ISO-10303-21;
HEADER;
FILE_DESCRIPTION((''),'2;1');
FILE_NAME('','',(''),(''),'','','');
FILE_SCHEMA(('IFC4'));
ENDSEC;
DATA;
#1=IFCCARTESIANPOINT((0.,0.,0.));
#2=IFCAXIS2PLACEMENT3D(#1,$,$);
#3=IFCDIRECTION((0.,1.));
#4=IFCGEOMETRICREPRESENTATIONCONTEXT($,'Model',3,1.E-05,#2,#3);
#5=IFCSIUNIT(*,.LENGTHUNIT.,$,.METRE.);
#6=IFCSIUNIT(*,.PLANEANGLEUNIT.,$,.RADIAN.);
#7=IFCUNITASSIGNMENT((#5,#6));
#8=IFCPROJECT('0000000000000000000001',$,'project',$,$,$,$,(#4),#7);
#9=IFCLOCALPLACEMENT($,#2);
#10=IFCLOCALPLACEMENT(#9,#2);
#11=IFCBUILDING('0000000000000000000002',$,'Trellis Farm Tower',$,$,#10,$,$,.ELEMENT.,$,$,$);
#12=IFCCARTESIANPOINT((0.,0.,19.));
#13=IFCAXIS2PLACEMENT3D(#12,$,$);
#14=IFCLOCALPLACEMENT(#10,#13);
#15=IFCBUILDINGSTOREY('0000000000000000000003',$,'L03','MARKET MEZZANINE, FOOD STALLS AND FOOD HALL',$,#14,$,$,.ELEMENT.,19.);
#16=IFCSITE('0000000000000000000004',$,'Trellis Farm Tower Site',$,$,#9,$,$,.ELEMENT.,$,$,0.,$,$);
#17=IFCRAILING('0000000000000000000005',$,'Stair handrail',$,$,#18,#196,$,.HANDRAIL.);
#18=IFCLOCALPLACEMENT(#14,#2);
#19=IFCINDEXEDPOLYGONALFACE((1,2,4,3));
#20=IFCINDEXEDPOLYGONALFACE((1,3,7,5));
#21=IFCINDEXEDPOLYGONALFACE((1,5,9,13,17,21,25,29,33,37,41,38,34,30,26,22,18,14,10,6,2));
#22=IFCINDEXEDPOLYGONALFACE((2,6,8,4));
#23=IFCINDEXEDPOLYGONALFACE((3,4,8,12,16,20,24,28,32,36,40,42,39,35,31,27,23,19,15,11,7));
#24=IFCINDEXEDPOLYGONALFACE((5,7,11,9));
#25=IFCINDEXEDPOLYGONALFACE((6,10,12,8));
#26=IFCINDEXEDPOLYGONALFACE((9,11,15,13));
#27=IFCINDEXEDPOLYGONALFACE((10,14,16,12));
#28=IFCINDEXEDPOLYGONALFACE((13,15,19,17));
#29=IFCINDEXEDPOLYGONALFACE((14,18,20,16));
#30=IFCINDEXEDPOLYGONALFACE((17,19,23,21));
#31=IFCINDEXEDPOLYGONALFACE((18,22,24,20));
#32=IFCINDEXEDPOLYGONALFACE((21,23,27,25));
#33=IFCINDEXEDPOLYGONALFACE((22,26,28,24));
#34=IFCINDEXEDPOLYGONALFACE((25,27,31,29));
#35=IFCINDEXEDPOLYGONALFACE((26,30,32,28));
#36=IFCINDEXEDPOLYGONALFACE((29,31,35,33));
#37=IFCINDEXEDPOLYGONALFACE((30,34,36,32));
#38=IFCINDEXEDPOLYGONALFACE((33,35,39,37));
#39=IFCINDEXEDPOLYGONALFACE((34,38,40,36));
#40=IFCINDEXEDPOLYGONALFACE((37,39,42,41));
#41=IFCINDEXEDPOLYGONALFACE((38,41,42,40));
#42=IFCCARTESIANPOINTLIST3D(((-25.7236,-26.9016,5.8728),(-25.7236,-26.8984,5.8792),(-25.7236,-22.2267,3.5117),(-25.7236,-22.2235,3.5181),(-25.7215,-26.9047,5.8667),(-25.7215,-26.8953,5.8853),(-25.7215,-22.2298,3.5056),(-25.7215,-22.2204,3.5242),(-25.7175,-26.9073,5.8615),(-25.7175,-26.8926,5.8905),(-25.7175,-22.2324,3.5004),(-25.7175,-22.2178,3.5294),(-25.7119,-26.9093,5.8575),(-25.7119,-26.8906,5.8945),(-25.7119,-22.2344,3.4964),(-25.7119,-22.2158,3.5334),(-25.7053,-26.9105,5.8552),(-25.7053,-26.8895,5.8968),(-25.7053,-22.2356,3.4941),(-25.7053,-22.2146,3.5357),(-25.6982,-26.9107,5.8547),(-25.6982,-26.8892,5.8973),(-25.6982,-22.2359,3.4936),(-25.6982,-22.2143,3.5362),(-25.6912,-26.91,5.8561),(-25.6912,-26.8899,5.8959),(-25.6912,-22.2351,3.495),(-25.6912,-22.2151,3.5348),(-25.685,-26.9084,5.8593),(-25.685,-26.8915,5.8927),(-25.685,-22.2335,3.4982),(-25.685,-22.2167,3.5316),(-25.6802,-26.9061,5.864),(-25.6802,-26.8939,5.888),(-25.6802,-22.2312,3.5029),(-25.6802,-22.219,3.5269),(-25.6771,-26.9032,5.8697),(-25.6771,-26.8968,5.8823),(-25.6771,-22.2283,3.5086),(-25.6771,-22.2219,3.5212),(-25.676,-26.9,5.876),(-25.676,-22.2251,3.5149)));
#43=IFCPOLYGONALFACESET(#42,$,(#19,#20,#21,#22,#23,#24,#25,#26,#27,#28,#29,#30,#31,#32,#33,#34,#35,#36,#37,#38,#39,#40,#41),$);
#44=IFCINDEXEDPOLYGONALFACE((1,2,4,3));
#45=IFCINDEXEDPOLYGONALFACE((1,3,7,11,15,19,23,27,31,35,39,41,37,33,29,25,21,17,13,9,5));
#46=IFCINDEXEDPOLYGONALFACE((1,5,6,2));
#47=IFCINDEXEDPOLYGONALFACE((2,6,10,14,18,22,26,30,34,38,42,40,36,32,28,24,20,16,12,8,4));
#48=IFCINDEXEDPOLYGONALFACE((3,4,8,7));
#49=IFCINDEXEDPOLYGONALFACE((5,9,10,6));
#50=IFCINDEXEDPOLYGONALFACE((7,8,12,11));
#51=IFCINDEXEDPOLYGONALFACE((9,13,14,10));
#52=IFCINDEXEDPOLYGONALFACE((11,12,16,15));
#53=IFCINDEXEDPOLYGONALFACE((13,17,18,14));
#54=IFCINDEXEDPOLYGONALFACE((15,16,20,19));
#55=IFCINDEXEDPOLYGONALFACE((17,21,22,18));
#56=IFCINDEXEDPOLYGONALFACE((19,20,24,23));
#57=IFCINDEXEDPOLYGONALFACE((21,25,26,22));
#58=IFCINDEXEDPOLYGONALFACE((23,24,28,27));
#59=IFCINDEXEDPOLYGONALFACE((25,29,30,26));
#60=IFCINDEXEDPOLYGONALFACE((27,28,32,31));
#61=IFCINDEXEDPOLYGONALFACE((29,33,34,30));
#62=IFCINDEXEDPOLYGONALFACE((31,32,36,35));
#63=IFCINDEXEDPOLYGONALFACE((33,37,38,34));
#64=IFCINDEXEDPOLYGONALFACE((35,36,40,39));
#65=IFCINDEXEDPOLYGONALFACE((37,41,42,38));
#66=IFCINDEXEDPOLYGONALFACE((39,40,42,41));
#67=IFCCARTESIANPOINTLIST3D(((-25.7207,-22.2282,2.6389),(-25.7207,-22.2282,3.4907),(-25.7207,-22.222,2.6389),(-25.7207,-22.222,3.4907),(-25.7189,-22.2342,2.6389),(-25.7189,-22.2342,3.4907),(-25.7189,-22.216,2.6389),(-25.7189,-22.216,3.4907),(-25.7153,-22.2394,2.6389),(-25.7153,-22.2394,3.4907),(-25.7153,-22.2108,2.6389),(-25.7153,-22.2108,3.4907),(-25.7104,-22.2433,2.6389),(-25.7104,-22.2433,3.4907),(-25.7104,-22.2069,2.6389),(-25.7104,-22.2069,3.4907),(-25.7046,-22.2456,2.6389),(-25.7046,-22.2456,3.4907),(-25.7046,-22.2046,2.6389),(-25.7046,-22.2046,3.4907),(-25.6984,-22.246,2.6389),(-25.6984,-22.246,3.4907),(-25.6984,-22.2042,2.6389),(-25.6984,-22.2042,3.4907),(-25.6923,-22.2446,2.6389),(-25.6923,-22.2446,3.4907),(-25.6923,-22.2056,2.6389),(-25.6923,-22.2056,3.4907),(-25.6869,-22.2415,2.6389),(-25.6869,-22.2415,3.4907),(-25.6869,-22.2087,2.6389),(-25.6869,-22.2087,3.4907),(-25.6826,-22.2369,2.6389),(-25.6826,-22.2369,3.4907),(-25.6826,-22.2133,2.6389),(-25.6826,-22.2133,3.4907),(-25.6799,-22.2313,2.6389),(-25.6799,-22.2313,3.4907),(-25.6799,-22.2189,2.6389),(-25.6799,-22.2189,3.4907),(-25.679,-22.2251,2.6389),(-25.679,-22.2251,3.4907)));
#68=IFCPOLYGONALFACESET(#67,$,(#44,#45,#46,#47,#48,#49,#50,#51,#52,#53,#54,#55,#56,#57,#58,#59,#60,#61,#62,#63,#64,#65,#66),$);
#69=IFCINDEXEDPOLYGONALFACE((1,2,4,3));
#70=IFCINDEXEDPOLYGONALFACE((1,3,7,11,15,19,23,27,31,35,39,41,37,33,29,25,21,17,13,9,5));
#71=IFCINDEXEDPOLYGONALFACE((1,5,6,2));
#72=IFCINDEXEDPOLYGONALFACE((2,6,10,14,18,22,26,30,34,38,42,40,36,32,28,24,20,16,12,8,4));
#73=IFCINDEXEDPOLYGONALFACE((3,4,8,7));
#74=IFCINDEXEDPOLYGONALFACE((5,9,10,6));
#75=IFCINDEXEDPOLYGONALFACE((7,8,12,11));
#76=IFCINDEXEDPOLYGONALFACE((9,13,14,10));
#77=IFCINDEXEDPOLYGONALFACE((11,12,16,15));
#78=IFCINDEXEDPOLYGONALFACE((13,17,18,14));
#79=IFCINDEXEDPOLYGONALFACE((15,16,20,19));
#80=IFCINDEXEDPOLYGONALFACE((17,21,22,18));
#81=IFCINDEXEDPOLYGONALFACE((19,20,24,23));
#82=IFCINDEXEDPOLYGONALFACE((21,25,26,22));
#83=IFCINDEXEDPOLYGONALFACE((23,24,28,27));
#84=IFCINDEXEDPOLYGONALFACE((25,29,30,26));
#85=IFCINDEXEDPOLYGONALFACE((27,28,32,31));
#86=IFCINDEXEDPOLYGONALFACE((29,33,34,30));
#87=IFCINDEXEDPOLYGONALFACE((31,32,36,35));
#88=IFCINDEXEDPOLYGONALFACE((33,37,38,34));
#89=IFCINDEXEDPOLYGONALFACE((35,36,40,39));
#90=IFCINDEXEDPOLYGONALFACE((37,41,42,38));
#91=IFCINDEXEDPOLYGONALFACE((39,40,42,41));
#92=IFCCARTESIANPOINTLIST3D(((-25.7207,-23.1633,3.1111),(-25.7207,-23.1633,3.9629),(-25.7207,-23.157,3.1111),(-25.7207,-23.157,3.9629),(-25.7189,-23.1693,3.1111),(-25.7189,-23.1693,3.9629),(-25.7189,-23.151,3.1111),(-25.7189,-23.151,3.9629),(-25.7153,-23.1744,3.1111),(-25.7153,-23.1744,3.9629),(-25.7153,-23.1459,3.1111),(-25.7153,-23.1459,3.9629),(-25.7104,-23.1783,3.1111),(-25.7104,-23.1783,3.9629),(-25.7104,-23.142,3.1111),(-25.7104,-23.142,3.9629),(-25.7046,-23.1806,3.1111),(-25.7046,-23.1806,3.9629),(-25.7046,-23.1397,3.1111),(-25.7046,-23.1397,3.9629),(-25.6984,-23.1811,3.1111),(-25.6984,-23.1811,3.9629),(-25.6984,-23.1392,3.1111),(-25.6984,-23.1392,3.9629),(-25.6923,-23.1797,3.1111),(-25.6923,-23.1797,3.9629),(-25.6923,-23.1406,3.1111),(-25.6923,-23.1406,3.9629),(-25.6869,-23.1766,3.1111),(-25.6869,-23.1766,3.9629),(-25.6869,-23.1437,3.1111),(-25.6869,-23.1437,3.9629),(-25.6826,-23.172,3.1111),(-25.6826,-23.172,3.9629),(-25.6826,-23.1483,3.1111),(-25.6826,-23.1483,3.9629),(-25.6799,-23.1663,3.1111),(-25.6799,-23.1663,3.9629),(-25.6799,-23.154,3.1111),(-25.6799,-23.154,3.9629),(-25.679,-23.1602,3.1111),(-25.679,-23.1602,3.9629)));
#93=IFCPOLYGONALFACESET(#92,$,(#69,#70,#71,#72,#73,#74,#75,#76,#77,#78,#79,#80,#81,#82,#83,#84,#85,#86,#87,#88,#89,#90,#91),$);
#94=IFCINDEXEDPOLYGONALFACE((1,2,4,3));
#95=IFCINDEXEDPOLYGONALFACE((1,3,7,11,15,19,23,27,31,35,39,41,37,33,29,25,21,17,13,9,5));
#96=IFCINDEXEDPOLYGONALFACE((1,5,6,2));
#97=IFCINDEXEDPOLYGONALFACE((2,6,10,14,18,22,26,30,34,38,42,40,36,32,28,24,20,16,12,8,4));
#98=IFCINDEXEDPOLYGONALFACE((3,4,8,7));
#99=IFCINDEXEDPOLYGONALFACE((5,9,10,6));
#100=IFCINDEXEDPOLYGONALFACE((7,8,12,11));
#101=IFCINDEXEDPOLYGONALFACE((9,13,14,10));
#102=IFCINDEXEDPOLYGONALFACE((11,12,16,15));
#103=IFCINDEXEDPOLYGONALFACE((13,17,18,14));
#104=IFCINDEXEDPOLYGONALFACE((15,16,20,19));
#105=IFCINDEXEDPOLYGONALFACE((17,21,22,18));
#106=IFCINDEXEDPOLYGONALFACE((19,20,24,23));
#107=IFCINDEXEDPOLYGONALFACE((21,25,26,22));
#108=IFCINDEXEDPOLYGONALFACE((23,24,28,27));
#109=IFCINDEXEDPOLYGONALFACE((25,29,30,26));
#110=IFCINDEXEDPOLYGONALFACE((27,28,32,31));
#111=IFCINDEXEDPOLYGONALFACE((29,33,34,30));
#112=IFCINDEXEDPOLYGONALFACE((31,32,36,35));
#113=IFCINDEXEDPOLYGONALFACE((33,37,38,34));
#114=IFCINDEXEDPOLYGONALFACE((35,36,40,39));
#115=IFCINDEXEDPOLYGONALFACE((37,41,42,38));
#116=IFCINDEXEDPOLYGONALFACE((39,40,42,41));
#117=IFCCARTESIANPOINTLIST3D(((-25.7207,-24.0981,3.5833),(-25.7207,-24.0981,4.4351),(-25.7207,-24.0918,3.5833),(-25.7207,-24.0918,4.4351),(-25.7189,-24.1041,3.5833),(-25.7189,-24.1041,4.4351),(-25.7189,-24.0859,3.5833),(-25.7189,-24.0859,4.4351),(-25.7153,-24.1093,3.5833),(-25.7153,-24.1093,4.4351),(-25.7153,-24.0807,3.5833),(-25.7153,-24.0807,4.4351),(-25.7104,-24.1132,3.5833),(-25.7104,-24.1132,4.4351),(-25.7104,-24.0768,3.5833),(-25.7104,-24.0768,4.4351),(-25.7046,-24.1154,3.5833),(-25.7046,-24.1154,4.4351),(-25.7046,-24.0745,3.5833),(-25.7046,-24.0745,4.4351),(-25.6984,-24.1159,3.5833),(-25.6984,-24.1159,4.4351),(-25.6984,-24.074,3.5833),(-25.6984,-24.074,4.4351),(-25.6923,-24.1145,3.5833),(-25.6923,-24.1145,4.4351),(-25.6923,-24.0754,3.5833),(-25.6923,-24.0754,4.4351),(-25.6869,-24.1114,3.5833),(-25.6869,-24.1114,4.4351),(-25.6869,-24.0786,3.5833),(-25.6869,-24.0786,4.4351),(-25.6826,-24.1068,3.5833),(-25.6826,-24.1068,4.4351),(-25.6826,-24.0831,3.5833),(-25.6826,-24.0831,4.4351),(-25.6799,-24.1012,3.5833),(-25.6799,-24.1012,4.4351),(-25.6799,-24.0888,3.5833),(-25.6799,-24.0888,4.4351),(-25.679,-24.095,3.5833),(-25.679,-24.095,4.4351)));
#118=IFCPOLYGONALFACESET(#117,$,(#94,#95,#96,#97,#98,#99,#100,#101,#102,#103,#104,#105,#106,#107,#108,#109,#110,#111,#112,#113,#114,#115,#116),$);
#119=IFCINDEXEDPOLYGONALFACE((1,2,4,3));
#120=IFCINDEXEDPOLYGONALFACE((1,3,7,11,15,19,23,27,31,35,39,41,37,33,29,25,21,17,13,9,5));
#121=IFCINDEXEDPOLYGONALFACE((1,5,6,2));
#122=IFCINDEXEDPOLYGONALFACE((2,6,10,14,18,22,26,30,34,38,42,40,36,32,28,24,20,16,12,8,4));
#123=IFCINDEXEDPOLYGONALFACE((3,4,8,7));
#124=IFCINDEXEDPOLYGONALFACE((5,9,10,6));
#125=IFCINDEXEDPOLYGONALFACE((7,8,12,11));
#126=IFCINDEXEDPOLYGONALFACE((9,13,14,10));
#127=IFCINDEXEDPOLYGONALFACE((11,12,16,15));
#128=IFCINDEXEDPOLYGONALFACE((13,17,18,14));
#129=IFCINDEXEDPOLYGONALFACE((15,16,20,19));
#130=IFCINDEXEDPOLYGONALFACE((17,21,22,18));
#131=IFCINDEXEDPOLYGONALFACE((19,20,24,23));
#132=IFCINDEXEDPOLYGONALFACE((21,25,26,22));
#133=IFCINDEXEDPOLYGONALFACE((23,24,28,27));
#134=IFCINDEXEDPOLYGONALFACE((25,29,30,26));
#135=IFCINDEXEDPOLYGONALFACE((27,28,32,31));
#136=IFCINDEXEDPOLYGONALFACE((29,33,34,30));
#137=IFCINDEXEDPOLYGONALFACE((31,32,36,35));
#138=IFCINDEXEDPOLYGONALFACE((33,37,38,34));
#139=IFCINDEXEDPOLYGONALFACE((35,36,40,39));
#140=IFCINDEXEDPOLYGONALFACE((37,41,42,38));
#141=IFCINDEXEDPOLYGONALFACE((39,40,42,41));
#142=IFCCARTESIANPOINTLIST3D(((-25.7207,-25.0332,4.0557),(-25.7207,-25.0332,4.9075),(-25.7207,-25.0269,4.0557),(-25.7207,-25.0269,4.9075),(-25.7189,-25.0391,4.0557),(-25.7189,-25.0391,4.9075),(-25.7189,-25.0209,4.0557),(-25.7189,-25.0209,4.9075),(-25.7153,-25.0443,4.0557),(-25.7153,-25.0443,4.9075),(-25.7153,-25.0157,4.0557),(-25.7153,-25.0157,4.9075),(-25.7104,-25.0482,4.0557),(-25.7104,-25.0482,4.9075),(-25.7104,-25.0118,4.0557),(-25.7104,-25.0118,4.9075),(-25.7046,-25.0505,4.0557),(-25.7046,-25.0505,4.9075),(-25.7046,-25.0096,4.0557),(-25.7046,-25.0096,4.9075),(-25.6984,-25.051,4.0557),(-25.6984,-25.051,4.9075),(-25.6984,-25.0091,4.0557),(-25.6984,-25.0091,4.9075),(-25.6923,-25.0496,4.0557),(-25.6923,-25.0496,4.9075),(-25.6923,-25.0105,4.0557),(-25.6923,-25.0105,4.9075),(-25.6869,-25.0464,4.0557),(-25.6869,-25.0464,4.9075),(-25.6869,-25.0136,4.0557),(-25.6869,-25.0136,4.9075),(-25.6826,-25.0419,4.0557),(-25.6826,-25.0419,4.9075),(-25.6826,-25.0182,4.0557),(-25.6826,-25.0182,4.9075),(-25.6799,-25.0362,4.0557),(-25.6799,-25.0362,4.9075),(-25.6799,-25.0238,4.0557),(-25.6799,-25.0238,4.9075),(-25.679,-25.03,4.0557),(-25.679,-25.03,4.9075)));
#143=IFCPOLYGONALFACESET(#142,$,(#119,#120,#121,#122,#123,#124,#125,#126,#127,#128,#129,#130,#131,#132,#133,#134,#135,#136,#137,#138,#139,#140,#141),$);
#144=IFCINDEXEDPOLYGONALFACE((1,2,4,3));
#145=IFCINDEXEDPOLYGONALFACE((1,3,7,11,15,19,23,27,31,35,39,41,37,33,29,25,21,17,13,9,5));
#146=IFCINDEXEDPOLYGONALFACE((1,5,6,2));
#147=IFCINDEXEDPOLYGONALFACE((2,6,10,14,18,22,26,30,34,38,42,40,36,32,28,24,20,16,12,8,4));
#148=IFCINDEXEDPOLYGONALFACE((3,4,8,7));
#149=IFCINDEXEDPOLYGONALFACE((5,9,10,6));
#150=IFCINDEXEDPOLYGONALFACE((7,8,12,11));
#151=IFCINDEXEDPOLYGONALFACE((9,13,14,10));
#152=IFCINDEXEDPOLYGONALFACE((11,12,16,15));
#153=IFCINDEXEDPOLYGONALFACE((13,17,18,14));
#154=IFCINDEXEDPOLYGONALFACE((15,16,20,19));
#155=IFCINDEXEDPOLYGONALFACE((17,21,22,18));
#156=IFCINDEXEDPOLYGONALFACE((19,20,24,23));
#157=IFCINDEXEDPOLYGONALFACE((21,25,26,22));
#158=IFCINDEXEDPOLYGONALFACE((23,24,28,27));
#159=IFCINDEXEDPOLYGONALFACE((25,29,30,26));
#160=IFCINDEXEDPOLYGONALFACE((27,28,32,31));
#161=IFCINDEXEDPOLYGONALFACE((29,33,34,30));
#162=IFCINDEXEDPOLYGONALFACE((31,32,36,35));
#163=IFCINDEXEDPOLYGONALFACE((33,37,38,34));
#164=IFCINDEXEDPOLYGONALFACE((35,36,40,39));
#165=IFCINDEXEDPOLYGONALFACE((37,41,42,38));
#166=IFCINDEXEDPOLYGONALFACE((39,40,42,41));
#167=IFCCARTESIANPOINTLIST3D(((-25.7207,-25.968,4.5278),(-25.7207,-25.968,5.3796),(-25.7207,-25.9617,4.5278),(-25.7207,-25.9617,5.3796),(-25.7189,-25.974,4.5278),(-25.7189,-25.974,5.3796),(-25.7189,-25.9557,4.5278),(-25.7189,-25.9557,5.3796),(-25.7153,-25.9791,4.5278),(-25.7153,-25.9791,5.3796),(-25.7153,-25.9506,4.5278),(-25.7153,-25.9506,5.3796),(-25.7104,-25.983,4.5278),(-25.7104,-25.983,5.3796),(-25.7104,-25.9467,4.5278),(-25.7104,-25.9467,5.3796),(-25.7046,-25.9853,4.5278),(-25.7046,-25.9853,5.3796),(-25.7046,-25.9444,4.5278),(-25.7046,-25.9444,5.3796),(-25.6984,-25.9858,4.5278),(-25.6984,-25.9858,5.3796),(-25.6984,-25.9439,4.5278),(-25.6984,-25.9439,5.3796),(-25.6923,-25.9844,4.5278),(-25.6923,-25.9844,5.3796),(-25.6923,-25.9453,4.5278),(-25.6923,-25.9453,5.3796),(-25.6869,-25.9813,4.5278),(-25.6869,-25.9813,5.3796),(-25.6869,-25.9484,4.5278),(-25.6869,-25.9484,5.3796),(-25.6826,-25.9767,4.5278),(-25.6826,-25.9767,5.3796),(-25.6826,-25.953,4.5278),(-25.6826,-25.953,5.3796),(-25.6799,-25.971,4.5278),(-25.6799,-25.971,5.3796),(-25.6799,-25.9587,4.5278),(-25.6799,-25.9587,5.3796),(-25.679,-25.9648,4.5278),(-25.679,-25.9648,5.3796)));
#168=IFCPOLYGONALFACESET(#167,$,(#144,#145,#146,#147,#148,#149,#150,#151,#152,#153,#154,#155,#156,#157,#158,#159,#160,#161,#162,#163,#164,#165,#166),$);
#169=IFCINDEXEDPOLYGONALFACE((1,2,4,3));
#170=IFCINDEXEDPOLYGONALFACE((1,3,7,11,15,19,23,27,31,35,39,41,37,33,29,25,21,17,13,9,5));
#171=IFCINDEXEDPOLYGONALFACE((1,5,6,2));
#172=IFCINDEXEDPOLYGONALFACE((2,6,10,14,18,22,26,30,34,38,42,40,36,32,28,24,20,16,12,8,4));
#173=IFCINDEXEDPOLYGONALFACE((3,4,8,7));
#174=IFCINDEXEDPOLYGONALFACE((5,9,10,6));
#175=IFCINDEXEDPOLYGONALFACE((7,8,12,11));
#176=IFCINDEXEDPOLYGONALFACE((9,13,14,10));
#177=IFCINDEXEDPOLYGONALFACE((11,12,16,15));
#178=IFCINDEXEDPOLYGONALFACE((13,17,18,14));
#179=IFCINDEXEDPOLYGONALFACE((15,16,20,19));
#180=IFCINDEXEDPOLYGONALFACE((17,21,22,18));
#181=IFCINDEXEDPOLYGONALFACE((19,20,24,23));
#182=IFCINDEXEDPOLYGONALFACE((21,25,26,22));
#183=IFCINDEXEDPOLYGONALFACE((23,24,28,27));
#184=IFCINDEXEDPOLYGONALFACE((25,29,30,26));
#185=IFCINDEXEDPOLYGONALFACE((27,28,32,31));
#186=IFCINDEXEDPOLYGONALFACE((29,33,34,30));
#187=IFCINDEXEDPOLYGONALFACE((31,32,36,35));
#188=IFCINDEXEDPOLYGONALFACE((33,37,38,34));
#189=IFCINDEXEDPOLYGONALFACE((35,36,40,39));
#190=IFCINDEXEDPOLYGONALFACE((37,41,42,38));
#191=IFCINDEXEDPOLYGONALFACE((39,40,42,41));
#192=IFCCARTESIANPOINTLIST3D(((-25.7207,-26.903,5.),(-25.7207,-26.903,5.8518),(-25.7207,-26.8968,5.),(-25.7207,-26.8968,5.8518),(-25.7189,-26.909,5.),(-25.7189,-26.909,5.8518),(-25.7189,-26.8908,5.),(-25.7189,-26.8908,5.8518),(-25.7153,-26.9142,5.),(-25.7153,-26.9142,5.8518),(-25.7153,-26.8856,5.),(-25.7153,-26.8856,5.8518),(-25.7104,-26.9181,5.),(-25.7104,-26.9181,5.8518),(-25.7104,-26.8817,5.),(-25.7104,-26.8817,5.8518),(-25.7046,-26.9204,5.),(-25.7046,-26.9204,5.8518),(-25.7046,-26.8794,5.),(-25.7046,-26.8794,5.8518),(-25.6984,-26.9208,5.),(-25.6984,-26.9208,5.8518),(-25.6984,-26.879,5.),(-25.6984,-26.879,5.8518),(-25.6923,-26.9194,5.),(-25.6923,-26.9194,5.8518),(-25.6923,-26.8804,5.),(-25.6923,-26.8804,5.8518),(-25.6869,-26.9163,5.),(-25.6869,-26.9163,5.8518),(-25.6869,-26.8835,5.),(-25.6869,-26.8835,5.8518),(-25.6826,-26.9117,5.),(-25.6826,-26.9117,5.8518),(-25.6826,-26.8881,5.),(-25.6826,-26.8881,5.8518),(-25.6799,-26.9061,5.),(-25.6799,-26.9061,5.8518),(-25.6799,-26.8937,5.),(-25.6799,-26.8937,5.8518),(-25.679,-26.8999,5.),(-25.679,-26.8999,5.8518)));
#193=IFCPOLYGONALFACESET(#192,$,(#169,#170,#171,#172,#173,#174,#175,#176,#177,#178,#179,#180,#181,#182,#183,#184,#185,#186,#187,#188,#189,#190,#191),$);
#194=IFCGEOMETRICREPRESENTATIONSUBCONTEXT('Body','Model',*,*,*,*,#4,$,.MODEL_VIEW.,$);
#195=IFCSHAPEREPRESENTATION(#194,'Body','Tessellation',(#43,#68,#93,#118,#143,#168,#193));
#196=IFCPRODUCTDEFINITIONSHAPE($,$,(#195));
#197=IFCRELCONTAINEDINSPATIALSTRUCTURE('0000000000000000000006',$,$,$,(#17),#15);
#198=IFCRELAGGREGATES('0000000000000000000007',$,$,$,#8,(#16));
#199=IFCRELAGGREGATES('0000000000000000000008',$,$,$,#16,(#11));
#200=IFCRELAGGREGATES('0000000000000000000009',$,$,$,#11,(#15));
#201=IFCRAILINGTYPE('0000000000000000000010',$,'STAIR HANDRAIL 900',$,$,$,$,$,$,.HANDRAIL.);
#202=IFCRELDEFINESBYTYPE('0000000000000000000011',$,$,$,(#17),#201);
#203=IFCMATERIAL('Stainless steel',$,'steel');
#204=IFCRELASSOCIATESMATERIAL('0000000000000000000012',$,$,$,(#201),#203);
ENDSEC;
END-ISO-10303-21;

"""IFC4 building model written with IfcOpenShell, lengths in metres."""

from ifc_helpers import new_model, si_unit, direction, frame, origin, origin_2d, place, context, subcontext, project, spatial, circle, extrude, source, transform, mapped, material, type_object, element, save


model = new_model("IFC4")

# Units and contexts
model_context = context("Model", 3, precision=1e-05, world=origin(), true_north=direction((0.0, 1.0)))
body_context = subcontext(model_context, "Body", "Model", "MODEL_VIEW")
ifc_project = project(units=[si_unit("LENGTHUNIT", "METRE"), si_unit("PLANEANGLEUNIT", "RADIAN")], contexts=[model_context])

# Site, building, storey
site_placement = place(None, origin())
site = spatial("IfcSite", under=ifc_project, at=site_placement, Name="Trellis Farm Tower Site", CompositionType="ELEMENT", RefElevation=0.0)
building_placement = place(site_placement, origin())
building = spatial("IfcBuilding", under=site, at=building_placement, Name="Trellis Farm Tower", CompositionType="ELEMENT")
storey_placement = place(building_placement, frame((0.0, 0.0, 19.0)))
storey = spatial("IfcBuildingStorey", under=building, at=storey_placement, Name="L03", Description="MARKET MEZZANINE, FOOD STALLS AND FOOD HALL", CompositionType="ELEMENT", Elevation=19.0)

# Railing
ifc_material_1 = material(Name="Stainless steel", Category="steel")
railing_type = type_object("IfcRailingType", Name="STAIR HANDRAIL 900", PredefinedType="HANDRAIL", material=ifc_material_1)
shared_shape_1 = source(origin(), body_context, "Body", "SweptSolid", [
    extrude(circle(Radius=0.0239, at=origin_2d()), frame((0.0, 0.0, 0.876), z_axis=(0.0, -0.892611, 0.450827), x_axis=(1.0, 0.0, 0.0)), (0.0, 0.0, 1.0), 5.2373),
    extrude(circle(Radius=0.021, at=origin_2d()), origin(), (0.0, 0.0, 1.0), 0.8518),
    extrude(circle(Radius=0.021, at=origin_2d()), frame((0.0, -0.9351, 0.4722)), (0.0, 0.0, 1.0), 0.8518),
    extrude(circle(Radius=0.021, at=origin_2d()), frame((0.0, -1.8699, 0.9443)), (0.0, 0.0, 1.0), 0.8518),
    extrude(circle(Radius=0.021, at=origin_2d()), frame((0.0, -2.8049, 1.4167)), (0.0, 0.0, 1.0), 0.8518),
    extrude(circle(Radius=0.021, at=origin_2d()), frame((0.0, -3.7397, 1.8889)), (0.0, 0.0, 1.0), 0.8518),
    extrude(circle(Radius=0.021, at=origin_2d()), frame((0.0, -4.6748, 2.3611)), (0.0, 0.0, 1.0), 0.8518),
])
for number, where, name in (
    (1, (-25.7, -22.2251, 2.6389), "Stair handrail"),
):
    element("IfcRailing", number, at=place(storey_placement, frame(where)), inside=storey, type_object=railing_type, Name=name, PredefinedType="HANDRAIL", context=body_context, shape_type="MappedRepresentation", body=[
        mapped(shared_shape_1, transform((0.0, 0.0, 0.0))),
    ])

save(model, "model.ifc")
